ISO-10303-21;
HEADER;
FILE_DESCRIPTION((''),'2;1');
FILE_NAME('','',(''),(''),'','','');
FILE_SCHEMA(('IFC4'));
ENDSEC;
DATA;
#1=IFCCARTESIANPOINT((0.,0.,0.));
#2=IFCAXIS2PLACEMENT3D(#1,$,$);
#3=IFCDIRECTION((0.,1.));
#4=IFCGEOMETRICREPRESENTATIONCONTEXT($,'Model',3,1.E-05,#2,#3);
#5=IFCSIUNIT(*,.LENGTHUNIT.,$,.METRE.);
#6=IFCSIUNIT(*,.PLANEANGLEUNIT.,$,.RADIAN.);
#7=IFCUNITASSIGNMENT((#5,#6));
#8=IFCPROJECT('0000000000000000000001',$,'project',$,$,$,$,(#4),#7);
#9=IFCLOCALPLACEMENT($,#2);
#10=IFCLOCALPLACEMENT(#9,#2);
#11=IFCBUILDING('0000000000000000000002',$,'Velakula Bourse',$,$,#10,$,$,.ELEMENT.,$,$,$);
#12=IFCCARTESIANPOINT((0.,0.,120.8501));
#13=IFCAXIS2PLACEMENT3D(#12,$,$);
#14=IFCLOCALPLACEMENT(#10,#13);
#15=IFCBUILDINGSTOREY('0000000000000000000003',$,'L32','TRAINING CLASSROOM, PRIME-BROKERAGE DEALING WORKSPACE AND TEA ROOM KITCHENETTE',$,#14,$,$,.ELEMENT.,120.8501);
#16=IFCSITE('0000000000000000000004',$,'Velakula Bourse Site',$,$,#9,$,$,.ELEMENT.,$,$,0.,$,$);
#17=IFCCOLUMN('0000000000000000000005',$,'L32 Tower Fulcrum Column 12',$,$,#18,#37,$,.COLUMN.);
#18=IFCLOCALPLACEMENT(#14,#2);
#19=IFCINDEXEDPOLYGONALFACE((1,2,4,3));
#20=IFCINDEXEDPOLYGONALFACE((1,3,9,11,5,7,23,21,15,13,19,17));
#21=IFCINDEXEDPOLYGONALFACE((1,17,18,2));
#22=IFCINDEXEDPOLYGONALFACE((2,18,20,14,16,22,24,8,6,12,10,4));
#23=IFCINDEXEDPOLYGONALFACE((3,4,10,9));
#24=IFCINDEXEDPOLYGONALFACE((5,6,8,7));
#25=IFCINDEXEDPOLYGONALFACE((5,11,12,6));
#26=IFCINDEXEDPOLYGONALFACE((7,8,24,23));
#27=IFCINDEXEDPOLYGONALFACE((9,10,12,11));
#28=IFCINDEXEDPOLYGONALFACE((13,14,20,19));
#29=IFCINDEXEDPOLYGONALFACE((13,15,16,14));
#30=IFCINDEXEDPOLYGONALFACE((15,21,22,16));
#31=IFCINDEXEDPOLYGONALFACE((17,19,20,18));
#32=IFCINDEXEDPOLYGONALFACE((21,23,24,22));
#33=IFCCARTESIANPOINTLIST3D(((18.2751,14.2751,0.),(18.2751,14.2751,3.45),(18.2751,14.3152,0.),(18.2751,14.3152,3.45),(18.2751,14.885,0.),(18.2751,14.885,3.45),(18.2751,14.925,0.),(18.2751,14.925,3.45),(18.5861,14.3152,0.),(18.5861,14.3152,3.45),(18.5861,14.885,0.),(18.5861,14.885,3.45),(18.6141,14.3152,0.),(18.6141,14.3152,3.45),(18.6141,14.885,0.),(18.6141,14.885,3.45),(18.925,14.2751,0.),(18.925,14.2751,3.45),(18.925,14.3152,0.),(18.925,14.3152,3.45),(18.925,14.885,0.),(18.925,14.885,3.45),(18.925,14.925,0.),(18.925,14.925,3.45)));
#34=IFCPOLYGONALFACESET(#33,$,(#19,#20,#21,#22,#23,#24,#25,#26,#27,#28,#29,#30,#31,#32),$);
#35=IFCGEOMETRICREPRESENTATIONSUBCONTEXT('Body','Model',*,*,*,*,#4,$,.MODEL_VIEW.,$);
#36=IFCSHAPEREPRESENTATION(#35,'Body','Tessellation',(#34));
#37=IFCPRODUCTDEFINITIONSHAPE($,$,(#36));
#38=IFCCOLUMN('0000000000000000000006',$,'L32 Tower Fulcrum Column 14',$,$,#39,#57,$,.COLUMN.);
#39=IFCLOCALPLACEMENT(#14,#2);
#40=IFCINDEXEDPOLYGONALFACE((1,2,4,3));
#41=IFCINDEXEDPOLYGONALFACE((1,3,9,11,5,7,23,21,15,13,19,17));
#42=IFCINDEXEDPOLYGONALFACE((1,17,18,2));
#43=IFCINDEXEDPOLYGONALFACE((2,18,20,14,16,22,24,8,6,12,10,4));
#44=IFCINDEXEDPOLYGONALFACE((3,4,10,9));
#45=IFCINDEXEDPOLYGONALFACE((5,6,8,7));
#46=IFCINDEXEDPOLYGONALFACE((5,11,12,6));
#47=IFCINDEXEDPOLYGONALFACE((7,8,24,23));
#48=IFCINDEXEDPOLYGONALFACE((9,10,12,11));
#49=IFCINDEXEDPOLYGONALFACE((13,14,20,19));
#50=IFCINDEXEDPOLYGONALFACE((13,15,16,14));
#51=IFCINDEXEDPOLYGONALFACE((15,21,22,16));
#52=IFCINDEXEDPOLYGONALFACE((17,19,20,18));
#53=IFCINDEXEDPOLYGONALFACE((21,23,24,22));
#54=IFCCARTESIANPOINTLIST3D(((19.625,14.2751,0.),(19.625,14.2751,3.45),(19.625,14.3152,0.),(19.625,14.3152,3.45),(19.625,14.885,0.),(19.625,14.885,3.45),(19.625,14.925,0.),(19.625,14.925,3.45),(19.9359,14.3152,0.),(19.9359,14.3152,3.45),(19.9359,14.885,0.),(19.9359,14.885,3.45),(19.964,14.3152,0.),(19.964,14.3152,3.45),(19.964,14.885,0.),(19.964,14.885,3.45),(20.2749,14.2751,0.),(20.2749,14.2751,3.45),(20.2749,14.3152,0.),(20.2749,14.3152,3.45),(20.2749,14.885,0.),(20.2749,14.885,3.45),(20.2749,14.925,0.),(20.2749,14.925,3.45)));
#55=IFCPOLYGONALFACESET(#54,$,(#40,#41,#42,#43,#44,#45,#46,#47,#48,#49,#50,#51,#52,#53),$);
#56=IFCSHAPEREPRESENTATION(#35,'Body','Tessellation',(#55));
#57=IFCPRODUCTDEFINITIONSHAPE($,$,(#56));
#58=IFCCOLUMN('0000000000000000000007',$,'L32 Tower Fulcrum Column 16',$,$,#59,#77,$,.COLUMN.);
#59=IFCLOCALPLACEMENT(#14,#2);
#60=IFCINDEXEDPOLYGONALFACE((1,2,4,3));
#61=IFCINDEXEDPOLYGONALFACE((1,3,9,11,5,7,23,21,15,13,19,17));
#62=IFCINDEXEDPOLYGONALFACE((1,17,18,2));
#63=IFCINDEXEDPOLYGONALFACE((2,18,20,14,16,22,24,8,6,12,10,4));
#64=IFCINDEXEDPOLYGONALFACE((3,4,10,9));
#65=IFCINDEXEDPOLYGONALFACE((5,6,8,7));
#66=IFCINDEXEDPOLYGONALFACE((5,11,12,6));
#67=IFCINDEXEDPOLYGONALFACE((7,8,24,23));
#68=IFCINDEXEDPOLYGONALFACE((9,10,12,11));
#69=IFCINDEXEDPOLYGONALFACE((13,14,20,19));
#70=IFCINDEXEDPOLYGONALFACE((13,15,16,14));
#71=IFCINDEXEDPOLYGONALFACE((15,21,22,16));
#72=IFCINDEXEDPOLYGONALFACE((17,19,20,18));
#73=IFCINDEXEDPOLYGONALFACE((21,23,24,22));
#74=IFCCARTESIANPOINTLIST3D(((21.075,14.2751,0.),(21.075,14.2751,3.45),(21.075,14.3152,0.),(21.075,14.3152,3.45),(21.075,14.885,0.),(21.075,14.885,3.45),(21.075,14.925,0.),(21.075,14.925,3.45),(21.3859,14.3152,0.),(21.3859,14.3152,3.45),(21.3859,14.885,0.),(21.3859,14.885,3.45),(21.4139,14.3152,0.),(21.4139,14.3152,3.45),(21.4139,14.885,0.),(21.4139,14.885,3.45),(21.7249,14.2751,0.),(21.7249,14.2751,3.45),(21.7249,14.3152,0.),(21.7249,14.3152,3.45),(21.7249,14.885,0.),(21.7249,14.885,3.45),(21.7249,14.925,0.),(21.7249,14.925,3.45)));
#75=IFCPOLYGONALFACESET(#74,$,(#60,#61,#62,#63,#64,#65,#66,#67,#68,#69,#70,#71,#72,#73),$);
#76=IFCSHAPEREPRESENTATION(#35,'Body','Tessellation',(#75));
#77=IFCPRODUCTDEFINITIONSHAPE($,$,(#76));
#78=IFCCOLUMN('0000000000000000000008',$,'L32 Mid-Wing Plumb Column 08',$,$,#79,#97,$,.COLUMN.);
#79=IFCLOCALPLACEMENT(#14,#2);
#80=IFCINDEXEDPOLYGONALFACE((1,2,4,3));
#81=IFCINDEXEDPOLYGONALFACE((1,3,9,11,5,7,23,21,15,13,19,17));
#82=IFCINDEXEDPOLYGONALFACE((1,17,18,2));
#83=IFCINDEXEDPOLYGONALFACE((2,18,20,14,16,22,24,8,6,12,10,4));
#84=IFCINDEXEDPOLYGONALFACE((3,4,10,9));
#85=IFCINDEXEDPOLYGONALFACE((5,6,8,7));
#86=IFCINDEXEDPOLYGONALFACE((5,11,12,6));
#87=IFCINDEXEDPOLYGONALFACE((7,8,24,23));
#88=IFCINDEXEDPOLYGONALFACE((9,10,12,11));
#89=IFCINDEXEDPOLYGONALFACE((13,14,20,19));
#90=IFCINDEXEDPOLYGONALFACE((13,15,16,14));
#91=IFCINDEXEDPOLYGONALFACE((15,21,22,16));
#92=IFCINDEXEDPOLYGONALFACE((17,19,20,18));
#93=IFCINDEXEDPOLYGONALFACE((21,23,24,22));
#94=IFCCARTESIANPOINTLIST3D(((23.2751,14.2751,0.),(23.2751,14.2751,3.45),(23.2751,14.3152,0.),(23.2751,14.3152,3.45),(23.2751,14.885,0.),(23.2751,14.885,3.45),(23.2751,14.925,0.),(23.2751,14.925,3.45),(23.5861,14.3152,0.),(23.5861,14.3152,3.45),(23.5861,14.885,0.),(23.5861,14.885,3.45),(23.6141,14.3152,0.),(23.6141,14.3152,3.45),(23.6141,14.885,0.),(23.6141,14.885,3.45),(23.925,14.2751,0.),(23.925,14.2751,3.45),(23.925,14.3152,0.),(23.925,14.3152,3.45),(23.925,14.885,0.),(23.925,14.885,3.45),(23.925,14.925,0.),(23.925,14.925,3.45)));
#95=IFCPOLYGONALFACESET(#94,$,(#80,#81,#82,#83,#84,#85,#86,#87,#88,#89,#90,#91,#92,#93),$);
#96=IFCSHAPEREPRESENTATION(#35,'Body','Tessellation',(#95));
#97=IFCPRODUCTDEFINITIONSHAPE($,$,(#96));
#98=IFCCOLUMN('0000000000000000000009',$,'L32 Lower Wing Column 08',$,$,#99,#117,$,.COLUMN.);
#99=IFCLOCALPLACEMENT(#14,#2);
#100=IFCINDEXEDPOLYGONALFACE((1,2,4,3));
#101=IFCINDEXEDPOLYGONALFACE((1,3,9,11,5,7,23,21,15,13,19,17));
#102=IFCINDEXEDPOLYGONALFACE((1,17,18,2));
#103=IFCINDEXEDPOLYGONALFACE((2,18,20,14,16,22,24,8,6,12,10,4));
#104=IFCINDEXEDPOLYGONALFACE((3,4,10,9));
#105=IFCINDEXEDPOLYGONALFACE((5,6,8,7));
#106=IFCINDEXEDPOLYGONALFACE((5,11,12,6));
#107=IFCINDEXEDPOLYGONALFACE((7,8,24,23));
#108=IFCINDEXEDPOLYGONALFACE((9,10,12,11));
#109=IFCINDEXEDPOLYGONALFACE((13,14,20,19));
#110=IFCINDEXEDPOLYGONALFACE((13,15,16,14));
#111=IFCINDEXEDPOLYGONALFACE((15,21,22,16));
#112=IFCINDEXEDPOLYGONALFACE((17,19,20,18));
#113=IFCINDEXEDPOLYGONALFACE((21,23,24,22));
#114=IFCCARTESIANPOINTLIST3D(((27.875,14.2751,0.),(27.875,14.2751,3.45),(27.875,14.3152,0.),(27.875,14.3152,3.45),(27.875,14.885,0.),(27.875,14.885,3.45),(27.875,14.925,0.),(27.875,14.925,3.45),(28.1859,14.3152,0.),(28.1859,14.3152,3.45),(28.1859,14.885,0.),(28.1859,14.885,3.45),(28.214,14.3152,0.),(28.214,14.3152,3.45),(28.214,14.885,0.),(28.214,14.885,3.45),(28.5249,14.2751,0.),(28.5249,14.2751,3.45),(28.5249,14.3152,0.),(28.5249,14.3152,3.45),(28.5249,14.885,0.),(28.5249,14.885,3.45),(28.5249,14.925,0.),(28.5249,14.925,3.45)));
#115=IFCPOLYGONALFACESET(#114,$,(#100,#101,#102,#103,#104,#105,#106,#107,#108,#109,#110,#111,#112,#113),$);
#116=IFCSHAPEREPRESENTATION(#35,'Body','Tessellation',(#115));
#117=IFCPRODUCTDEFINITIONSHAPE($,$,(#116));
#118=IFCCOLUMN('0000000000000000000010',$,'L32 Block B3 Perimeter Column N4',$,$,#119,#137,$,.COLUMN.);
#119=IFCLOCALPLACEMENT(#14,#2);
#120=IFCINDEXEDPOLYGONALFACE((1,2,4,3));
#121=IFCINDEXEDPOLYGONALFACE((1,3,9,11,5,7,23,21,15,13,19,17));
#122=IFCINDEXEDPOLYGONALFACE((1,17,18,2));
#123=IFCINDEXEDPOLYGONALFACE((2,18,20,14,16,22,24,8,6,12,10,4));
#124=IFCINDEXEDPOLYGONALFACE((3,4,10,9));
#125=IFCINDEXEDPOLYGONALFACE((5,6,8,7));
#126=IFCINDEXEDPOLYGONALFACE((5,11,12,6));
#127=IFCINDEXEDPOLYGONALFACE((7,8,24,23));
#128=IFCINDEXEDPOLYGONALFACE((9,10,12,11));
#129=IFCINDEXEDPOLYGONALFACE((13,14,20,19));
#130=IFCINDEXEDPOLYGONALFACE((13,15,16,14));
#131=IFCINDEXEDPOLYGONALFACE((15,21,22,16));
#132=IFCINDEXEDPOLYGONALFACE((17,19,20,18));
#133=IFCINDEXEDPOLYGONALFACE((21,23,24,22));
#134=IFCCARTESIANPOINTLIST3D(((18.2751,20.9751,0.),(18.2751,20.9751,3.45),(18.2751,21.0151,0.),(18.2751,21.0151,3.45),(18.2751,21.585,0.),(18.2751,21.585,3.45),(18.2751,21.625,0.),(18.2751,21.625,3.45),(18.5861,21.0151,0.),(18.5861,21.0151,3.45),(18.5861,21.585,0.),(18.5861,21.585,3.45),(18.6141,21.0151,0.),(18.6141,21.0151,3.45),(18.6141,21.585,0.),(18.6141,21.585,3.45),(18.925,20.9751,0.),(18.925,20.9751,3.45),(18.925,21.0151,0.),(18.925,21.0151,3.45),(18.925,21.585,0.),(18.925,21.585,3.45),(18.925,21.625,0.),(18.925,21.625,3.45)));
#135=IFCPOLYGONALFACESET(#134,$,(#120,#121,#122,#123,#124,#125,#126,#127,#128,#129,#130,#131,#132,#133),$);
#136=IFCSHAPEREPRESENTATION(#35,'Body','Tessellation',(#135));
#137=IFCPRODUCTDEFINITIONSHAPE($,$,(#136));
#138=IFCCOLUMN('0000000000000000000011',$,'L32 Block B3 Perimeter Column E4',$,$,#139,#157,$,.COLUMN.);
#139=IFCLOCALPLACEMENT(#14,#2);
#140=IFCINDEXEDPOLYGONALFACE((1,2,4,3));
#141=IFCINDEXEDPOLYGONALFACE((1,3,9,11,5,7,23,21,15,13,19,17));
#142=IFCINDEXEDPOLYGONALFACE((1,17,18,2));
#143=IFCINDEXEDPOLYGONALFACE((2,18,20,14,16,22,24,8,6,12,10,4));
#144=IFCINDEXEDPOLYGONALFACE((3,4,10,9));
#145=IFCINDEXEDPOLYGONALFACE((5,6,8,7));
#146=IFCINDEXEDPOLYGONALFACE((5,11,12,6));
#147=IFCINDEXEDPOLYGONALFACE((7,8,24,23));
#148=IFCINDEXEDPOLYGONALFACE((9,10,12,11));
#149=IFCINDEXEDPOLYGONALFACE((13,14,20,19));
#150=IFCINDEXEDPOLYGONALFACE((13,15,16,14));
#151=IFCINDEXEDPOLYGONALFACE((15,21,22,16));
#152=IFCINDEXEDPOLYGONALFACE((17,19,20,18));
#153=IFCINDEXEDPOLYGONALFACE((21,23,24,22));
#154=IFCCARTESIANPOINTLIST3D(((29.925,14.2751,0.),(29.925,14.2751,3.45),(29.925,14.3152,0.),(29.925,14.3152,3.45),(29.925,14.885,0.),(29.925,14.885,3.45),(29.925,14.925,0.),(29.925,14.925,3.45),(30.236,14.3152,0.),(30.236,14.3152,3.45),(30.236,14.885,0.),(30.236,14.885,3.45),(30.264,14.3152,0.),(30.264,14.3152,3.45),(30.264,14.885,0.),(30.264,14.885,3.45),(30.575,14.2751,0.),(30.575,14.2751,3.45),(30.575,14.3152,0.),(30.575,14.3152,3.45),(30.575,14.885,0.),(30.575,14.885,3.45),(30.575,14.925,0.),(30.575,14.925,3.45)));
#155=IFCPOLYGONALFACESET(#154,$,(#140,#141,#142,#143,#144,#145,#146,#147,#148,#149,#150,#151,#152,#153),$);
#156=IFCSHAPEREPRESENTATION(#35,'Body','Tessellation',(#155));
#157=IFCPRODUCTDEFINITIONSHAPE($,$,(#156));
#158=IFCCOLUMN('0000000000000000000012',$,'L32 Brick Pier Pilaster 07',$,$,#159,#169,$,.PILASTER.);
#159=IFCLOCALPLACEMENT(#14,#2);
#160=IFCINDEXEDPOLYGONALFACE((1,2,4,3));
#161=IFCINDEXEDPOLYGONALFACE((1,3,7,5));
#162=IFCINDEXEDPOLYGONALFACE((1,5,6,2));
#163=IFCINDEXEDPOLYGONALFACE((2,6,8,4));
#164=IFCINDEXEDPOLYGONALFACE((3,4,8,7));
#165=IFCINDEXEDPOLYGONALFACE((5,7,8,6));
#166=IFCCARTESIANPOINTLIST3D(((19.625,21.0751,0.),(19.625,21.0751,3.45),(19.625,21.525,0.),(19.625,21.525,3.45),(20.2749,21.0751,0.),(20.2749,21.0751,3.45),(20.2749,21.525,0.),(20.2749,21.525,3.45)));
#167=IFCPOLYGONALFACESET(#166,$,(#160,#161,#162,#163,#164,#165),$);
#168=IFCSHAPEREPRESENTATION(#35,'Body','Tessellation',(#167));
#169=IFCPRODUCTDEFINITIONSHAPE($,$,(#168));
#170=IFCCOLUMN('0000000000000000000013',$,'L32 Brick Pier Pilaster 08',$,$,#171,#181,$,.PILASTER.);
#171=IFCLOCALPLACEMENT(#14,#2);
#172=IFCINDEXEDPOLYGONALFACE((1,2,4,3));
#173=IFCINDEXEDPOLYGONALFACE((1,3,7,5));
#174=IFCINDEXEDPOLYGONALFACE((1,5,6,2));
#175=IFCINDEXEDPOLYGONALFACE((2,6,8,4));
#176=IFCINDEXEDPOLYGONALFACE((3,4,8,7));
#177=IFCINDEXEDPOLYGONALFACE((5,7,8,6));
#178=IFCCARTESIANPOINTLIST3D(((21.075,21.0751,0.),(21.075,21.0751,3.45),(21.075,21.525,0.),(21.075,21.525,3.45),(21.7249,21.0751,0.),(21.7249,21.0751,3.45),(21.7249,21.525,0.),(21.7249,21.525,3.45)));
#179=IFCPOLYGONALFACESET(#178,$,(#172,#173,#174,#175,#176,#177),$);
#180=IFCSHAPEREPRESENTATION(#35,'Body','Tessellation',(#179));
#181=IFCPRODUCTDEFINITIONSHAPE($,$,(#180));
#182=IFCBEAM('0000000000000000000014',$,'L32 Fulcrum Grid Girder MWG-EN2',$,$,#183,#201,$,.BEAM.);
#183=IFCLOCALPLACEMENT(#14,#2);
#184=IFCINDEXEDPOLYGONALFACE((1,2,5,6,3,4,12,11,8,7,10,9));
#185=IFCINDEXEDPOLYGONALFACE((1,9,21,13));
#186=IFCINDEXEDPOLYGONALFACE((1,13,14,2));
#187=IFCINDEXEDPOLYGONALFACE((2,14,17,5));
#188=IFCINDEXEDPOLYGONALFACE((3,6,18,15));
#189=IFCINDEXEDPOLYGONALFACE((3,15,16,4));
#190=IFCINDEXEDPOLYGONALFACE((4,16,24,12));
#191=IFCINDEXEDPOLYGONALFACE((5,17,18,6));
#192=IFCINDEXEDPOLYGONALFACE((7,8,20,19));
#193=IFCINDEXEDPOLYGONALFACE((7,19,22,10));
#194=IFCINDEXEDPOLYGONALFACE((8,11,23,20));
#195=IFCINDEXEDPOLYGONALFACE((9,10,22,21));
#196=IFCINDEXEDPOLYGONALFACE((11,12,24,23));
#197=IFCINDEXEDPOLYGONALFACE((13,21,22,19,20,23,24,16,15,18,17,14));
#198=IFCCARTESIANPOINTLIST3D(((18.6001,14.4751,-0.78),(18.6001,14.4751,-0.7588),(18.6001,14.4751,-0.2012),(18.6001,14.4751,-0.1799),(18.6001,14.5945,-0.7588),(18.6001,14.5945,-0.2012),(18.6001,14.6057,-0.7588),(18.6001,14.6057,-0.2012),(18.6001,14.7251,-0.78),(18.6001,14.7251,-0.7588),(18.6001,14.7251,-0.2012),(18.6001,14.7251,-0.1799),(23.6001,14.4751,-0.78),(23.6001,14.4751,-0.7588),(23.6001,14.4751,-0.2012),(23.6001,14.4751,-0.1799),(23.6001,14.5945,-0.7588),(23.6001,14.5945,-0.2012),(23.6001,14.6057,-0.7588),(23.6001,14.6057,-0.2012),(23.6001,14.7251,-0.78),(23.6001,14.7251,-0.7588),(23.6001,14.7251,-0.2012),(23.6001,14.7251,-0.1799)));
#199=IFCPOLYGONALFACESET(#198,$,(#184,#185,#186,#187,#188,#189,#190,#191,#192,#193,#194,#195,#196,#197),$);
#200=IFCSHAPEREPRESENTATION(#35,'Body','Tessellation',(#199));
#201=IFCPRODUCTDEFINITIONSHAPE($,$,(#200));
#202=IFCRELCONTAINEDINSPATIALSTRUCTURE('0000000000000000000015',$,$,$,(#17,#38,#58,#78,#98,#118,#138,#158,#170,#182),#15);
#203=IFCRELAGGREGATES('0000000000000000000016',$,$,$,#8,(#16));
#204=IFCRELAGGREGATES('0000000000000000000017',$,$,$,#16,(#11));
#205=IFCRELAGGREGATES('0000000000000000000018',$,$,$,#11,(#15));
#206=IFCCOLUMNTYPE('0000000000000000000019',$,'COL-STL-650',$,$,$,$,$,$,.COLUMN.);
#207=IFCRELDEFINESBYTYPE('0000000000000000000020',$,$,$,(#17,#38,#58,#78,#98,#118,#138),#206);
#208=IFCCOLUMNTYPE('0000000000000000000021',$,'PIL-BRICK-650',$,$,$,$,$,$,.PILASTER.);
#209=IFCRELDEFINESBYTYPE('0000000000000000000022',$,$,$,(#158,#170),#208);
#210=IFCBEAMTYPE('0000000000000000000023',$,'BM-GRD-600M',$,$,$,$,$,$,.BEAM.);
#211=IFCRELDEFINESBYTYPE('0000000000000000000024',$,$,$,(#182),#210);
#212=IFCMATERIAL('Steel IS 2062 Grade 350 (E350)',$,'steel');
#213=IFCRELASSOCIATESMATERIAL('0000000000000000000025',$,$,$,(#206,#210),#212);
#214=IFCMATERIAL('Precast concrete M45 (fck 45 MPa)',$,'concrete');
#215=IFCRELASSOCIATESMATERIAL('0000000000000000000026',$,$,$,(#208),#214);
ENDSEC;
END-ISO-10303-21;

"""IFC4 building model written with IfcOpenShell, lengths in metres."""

from ifc_helpers import new_model, si_unit, direction, frame, origin, origin_2d, place, context, subcontext, project, spatial, rectangle, i_section, extrude, material, material_profile, profile_set, type_object, element, save


model = new_model("IFC4")

# Units and contexts
model_context = context("Model", 3, precision=1e-05, world=origin(), true_north=direction((0.0, 1.0)))
body_context = subcontext(model_context, "Body", "Model", "MODEL_VIEW")
ifc_project = project(units=[si_unit("LENGTHUNIT", "METRE"), si_unit("PLANEANGLEUNIT", "RADIAN")], contexts=[model_context])

# Site, building, storey
site_placement = place(None, origin())
site = spatial("IfcSite", under=ifc_project, at=site_placement, Name="Velakula Bourse Site", CompositionType="ELEMENT", RefElevation=0.0)
building_placement = place(site_placement, origin())
building = spatial("IfcBuilding", under=site, at=building_placement, Name="Velakula Bourse", CompositionType="ELEMENT")
storey_placement = place(building_placement, frame((0.0, 0.0, 120.8501)))
storey = spatial("IfcBuildingStorey", under=building, at=storey_placement, Name="L32", Description="TRAINING CLASSROOM, PRIME-BROKERAGE DEALING WORKSPACE AND TEA ROOM KITCHENETTE", CompositionType="ELEMENT", Elevation=120.8501)

# Columns
ifc_material_1 = material(Name="Steel IS 2062 Grade 350 (E350)", Category="steel")
ifc_material_profile_1 = material_profile(ifc_material_1, i_section(OverallWidth=0.6499, OverallDepth=0.6499, WebThickness=0.0281, FlangeThickness=0.04, at=origin_2d()), Name="Steel IS 2062 Grade 350 (E350)")
ifc_profile_set_1 = profile_set([ifc_material_profile_1], Name="Steel IS 2062 Grade 350 (E350)")
column_type_1 = type_object("IfcColumnType", Name="COL-STL-650", PredefinedType="COLUMN", material=ifc_profile_set_1)
for number, where, z_axis, x_axis, name in (
    (1, (18.6001, 14.6001, 0.0), (0.0, 0.0, 1.0), (1.0, 0.0, 0.0), "L32 Tower Fulcrum Column 12"),
    (2, (19.95, 14.6001, 0.0), (0.0, 0.0, 1.0), (1.0, 0.0, 0.0), "L32 Tower Fulcrum Column 14"),
    (3, (21.3999, 14.6001, 0.0), (0.0, 0.0, 1.0), (1.0, 0.0, 0.0), "L32 Tower Fulcrum Column 16"),
    (4, (23.6001, 14.6001, 0.0), (0.0, 0.0, 1.0), (1.0, 0.0, 0.0), "L32 Mid-Wing Plumb Column 08"),
    (5, (28.2, 14.6001, 0.0), (0.0, 0.0, 1.0), (1.0, 0.0, 0.0), "L32 Lower Wing Column 08"),
    (6, (18.6001, 21.3, 0.0), (0.0, 0.0, 1.0), (1.0, 0.0, 0.0), "L32 Block B3 Perimeter Column N4"),
    (7, (30.25, 14.6001, 0.0), (0.0, 0.0, 1.0), (1.0, 0.0, 0.0), "L32 Block B3 Perimeter Column E4"),
):
    element("IfcColumn", number, at=place(storey_placement, frame(where, z_axis=z_axis, x_axis=x_axis)), inside=storey, type_object=column_type_1, Name=name, PredefinedType="COLUMN", context=body_context, shape_type="SweptSolid", body=[
        extrude(i_section(OverallWidth=0.6499, OverallDepth=0.6499, WebThickness=0.0281, FlangeThickness=0.04, at=origin_2d()), origin(), (0.0, 0.0, 1.0), 3.45),
    ])
ifc_material_2 = material(Name="Precast concrete M45 (fck 45 MPa)", Category="concrete")
ifc_material_profile_2 = material_profile(ifc_material_2, rectangle(XDim=0.6499, YDim=0.45, at=origin_2d()), Name="Precast concrete M45 (fck 45 MPa)")
ifc_profile_set_2 = profile_set([ifc_material_profile_2], Name="Precast concrete M45 (fck 45 MPa)")
column_type_2 = type_object("IfcColumnType", Name="PIL-BRICK-650", PredefinedType="PILASTER", material=ifc_profile_set_2)
for number, where, z_axis, x_axis, name in (
    (8, (19.95, 21.3, 0.0), (0.0, 0.0, 1.0), (1.0, 0.0, 0.0), "L32 Brick Pier Pilaster 07"),
    (9, (21.3999, 21.3, 0.0), (0.0, 0.0, 1.0), (1.0, 0.0, 0.0), "L32 Brick Pier Pilaster 08"),
):
    element("IfcColumn", number, at=place(storey_placement, frame(where, z_axis=z_axis, x_axis=x_axis)), inside=storey, type_object=column_type_2, Name=name, PredefinedType="PILASTER", context=body_context, shape_type="SweptSolid", body=[
        extrude(rectangle(XDim=0.6499, YDim=0.45, at=origin_2d()), origin(), (0.0, 0.0, 1.0), 3.45),
    ])

# Beam
ifc_material_profile_3 = material_profile(ifc_material_1, i_section(OverallWidth=0.25, OverallDepth=0.6001, WebThickness=0.0112, FlangeThickness=0.0212, at=origin_2d()), Name="Steel IS 2062 Grade 350 (E350)")
ifc_profile_set_3 = profile_set([ifc_material_profile_3], Name="Steel IS 2062 Grade 350 (E350)")
beam_type_1 = type_object("IfcBeamType", Name="BM-GRD-600M", PredefinedType="BEAM", material=ifc_profile_set_3)
beam_1_placement = place(storey_placement, frame((18.6001, 14.6001, -0.48), z_axis=(1.0, 0.0, 0.0), x_axis=(0.0, 1.0, 0.0)))
element("IfcBeam", 10, at=beam_1_placement, inside=storey, type_object=beam_type_1, Name="L32 Fulcrum Grid Girder MWG-EN2", PredefinedType="BEAM", context=body_context, shape_type="SweptSolid", body=[
    extrude(i_section(OverallWidth=0.25, OverallDepth=0.6001, WebThickness=0.0112, FlangeThickness=0.0212, at=origin_2d()), origin(), (0.0, 0.0, 1.0), 5.0),
])

save(model, "model.ifc")
